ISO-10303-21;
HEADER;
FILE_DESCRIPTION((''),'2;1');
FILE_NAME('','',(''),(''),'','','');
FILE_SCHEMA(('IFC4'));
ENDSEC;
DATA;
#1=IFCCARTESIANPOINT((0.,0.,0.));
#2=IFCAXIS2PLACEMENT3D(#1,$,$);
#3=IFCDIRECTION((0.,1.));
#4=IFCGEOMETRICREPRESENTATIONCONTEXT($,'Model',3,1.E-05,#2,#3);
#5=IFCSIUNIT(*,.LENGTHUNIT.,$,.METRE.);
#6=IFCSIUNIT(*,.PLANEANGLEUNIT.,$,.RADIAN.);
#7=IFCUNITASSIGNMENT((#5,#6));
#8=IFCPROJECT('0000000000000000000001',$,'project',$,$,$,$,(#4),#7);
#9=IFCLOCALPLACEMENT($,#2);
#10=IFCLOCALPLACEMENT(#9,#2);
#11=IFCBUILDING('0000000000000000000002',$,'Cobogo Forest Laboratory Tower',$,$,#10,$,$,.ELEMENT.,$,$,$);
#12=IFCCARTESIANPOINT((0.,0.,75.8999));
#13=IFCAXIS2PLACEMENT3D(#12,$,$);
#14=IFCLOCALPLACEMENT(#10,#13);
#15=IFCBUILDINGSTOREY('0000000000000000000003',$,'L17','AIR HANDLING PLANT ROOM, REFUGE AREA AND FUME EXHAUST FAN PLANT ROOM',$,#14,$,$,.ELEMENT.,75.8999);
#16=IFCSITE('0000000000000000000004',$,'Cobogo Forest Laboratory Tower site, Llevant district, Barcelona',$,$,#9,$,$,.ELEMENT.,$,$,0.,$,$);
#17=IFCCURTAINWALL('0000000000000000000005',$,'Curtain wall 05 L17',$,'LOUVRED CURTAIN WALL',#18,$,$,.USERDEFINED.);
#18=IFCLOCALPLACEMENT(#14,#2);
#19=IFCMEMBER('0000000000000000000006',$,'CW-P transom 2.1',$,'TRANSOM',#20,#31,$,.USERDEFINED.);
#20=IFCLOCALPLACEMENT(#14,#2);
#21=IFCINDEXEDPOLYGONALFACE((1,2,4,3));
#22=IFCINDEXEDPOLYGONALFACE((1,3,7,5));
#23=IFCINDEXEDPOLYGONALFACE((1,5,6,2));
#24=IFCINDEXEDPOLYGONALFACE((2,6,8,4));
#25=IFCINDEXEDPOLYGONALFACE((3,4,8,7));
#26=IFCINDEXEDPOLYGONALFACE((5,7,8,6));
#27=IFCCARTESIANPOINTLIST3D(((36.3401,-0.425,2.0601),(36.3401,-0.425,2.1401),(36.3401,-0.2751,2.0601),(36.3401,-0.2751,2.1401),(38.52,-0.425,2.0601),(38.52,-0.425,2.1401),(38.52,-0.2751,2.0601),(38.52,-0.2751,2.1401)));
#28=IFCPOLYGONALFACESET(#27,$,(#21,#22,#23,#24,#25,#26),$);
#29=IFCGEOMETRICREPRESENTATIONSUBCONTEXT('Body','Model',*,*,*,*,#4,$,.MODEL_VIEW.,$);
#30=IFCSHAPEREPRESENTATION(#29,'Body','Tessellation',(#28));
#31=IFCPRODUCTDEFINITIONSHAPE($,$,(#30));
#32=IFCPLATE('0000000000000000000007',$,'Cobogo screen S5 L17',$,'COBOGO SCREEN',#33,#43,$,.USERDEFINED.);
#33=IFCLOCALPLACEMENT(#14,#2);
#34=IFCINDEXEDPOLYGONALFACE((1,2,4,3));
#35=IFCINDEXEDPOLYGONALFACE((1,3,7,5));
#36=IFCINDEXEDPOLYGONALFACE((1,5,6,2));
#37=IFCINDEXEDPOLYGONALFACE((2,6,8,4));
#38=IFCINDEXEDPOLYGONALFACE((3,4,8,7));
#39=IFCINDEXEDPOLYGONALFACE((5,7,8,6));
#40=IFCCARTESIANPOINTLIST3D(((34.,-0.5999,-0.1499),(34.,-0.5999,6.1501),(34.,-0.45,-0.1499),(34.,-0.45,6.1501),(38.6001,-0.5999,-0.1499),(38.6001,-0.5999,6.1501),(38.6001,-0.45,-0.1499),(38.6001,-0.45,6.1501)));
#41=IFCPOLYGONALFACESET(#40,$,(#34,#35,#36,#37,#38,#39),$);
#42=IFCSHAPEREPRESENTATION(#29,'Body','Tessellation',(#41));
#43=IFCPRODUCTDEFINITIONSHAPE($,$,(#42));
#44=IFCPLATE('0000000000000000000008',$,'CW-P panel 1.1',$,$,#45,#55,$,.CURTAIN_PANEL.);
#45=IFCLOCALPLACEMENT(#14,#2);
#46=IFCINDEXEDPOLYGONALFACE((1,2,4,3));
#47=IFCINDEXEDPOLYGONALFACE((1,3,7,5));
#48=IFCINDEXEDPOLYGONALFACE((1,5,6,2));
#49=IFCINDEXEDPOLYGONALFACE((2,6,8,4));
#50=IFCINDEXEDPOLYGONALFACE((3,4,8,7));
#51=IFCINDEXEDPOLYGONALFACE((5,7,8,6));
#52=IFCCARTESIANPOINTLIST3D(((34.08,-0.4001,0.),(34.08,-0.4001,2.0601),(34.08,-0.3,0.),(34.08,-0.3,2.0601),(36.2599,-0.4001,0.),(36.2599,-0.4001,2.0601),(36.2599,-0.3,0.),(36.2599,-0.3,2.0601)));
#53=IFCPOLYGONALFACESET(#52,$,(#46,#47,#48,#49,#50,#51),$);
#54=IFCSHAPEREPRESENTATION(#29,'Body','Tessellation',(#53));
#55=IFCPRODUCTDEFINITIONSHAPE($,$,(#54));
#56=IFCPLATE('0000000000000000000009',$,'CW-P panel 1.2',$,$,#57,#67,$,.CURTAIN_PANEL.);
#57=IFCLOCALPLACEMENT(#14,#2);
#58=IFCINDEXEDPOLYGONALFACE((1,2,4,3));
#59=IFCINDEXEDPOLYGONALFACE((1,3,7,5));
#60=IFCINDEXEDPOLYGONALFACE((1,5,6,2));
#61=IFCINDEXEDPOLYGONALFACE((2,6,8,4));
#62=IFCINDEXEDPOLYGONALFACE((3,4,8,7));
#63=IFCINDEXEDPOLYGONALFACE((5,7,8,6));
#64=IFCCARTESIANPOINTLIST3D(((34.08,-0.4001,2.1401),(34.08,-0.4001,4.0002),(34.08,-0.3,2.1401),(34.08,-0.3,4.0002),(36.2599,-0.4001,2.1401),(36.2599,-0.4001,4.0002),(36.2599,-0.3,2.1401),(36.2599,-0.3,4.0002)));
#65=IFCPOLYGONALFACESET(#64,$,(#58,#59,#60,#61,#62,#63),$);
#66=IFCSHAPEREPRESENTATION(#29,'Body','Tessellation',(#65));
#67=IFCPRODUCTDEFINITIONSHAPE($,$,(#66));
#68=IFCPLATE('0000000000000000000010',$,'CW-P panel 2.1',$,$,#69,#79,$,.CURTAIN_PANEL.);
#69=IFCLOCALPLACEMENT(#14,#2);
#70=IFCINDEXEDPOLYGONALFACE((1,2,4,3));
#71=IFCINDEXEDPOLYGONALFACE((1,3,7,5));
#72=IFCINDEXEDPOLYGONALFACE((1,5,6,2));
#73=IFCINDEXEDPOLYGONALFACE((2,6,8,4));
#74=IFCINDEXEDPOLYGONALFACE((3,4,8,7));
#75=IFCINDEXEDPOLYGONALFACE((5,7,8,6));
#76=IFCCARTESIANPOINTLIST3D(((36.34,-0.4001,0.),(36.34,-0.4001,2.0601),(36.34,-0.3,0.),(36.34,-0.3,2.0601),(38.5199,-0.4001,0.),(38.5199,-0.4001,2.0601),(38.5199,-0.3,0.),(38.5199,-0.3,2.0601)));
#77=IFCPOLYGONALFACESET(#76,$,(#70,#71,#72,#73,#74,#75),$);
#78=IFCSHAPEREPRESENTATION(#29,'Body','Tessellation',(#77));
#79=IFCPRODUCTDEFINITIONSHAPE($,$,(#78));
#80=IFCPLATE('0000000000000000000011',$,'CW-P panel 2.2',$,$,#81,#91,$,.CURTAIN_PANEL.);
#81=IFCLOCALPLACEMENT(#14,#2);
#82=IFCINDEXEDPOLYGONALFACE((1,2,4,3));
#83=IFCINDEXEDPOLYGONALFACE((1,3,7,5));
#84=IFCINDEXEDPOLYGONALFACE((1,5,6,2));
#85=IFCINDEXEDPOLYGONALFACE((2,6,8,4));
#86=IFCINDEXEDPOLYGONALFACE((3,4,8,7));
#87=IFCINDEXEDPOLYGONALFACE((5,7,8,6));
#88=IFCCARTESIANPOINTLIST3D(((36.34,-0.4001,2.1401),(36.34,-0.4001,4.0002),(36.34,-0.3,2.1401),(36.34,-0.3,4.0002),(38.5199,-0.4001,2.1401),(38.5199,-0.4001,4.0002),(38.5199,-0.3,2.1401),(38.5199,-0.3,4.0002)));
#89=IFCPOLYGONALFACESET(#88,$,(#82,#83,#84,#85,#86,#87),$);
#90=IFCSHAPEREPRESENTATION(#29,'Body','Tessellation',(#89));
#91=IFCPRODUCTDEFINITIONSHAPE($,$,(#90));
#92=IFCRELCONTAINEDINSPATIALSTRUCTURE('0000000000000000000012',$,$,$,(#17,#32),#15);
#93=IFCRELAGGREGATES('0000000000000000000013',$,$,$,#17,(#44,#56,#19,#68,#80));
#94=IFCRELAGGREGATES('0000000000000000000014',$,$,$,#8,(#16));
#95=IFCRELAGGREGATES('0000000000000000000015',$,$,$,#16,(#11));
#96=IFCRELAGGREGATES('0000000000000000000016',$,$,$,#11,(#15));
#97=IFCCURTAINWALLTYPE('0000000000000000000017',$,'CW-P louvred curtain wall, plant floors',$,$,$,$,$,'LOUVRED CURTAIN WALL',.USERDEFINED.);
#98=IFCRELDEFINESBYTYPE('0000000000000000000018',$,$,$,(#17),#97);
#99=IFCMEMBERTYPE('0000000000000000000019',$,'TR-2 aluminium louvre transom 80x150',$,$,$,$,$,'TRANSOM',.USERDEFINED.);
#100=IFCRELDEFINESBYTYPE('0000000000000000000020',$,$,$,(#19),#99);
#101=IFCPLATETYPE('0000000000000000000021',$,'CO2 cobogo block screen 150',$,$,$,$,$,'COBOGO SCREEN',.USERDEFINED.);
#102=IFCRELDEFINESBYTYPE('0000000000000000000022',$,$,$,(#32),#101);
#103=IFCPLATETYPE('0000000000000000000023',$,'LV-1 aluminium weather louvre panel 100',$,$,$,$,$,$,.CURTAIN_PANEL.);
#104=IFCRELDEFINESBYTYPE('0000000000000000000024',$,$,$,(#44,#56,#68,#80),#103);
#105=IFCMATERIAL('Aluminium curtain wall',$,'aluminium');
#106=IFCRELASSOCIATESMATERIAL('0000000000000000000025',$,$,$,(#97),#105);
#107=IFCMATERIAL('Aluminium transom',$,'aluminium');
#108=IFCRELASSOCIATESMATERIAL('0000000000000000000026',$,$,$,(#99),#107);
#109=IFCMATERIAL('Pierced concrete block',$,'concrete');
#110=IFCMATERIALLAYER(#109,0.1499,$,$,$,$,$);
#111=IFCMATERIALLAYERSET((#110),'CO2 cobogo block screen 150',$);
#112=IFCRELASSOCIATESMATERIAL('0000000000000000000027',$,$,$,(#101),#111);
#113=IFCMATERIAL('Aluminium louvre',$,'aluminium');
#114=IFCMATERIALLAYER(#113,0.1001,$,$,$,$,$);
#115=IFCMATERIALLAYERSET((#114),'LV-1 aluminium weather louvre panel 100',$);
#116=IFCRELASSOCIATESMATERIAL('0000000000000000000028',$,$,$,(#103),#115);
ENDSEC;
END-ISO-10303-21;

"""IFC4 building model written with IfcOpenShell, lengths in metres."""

from ifc_helpers import new_model, si_unit, direction, frame, origin, origin_2d, place, context, subcontext, project, spatial, rectangle, extrude, material, layer, layer_set, material_profile, profile_set, type_object, element, aggregate, save


model = new_model("IFC4")

# Units and contexts
model_context = context("Model", 3, precision=1e-05, world=origin(), true_north=direction((0.0, 1.0)))
body_context = subcontext(model_context, "Body", "Model", "MODEL_VIEW")
ifc_project = project(units=[si_unit("LENGTHUNIT", "METRE"), si_unit("PLANEANGLEUNIT", "RADIAN")], contexts=[model_context])

# Site, building, storey
site_placement = place(None, origin())
site = spatial("IfcSite", under=ifc_project, at=site_placement, Name="Cobogo Forest Laboratory Tower site, Llevant district, Barcelona", CompositionType="ELEMENT", RefElevation=0.0)
building_placement = place(site_placement, origin())
building = spatial("IfcBuilding", under=site, at=building_placement, Name="Cobogo Forest Laboratory Tower", CompositionType="ELEMENT")
storey_placement = place(building_placement, frame((0.0, 0.0, 75.8999)))
storey = spatial("IfcBuildingStorey", under=building, at=storey_placement, Name="L17", Description="AIR HANDLING PLANT ROOM, REFUGE AREA AND FUME EXHAUST FAN PLANT ROOM", CompositionType="ELEMENT", Elevation=75.8999)

# Curtain wall
ifc_material_1 = material(Name="Aluminium curtain wall", Category="aluminium")
curtain_wall_type = type_object("IfcCurtainWallType", Name="CW-P louvred curtain wall, plant floors", ElementType="LOUVRED CURTAIN WALL", PredefinedType="USERDEFINED", material=ifc_material_1)
curtain_wall_placement = place(storey_placement, origin())
curtain_wall = element("IfcCurtainWall", 1, at=curtain_wall_placement, inside=storey, type_object=curtain_wall_type, Name="Curtain wall 05 L17", ObjectType="LOUVRED CURTAIN WALL", PredefinedType="USERDEFINED")

# Member
ifc_material_2 = material(Name="Aluminium transom", Category="aluminium")
ifc_material_profile_1 = material_profile(ifc_material_2, rectangle(XDim=0.1499, YDim=0.0801, at=origin_2d()), Name="AL 80x150")
ifc_profile_set_1 = profile_set([ifc_material_profile_1], Name="Aluminium transom")
member_type_1 = type_object("IfcMemberType", Name="TR-2 aluminium louvre transom 80x150", ElementType="TRANSOM", PredefinedType="USERDEFINED", material=ifc_profile_set_1)
member_1_placement = place(storey_placement, frame((36.3401, -0.3501, 2.1001), z_axis=(1.0, 0.0, 0.0), x_axis=(0.0, 1.0, 0.0)))
member_1 = element("IfcMember", 2, at=member_1_placement, type_object=member_type_1, Name="CW-P transom 2.1", ObjectType="TRANSOM", PredefinedType="USERDEFINED", context=body_context, shape_type="SweptSolid", body=[
    extrude(rectangle(XDim=0.1499, YDim=0.0801, at=origin_2d()), origin(), (0.0, 0.0, 1.0), 2.1799),
])

# Plates
ifc_material_3 = material(Name="Pierced concrete block", Category="concrete")
ifc_layer_1 = layer(ifc_material_3, 0.1499)
ifc_layer_set_1 = layer_set([ifc_layer_1], Name="CO2 cobogo block screen 150")
plate_type_1 = type_object("IfcPlateType", Name="CO2 cobogo block screen 150", ElementType="COBOGO SCREEN", PredefinedType="USERDEFINED", material=ifc_layer_set_1)
plate_1_placement = place(storey_placement, frame((36.3, -0.5249, -0.1499), z_axis=(0.0, 0.0, 1.0), x_axis=(1.0, 0.0, 0.0)))
element("IfcPlate", 3, at=plate_1_placement, inside=storey, type_object=plate_type_1, Name="Cobogo screen S5 L17", ObjectType="COBOGO SCREEN", PredefinedType="USERDEFINED", context=body_context, shape_type="SweptSolid", body=[
    extrude(rectangle(XDim=4.6001, YDim=0.1499, at=origin_2d()), origin(), (0.0, 0.0, 1.0), 6.3),
])
ifc_material_4 = material(Name="Aluminium louvre", Category="aluminium")
ifc_layer_2 = layer(ifc_material_4, 0.1001)
ifc_layer_set_2 = layer_set([ifc_layer_2], Name="LV-1 aluminium weather louvre panel 100")
plate_type_2 = type_object("IfcPlateType", Name="LV-1 aluminium weather louvre panel 100", PredefinedType="CURTAIN_PANEL", material=ifc_layer_set_2)
plate_2_placement = place(storey_placement, frame((35.1699, -0.3501, 0.0), z_axis=(0.0, 0.0, 1.0), x_axis=(1.0, 0.0, 0.0)))
plate_2 = element("IfcPlate", 4, at=plate_2_placement, type_object=plate_type_2, Name="CW-P panel 1.1", PredefinedType="CURTAIN_PANEL", context=body_context, shape_type="SweptSolid", body=[
    extrude(rectangle(XDim=2.1799, YDim=0.1001, at=origin_2d()), origin(), (0.0, 0.0, 1.0), 2.0601),
])
plate_3_placement = place(storey_placement, frame((35.1699, -0.3501, 2.1401), z_axis=(0.0, 0.0, 1.0), x_axis=(1.0, 0.0, 0.0)))
plate_3 = element("IfcPlate", 5, at=plate_3_placement, type_object=plate_type_2, Name="CW-P panel 1.2", PredefinedType="CURTAIN_PANEL", context=body_context, shape_type="SweptSolid", body=[
    extrude(rectangle(XDim=2.1799, YDim=0.1001, at=origin_2d()), origin(), (0.0, 0.0, 1.0), 1.8601),
])
plate_4_placement = place(storey_placement, frame((37.4299, -0.3501, 0.0), z_axis=(0.0, 0.0, 1.0), x_axis=(1.0, 0.0, 0.0)))
plate_4 = element("IfcPlate", 6, at=plate_4_placement, type_object=plate_type_2, Name="CW-P panel 2.1", PredefinedType="CURTAIN_PANEL", context=body_context, shape_type="SweptSolid", body=[
    extrude(rectangle(XDim=2.1799, YDim=0.1001, at=origin_2d()), origin(), (0.0, 0.0, 1.0), 2.0601),
])
plate_5_placement = place(storey_placement, frame((37.4299, -0.3501, 2.1401), z_axis=(0.0, 0.0, 1.0), x_axis=(1.0, 0.0, 0.0)))
plate_5 = element("IfcPlate", 7, at=plate_5_placement, type_object=plate_type_2, Name="CW-P panel 2.2", PredefinedType="CURTAIN_PANEL", context=body_context, shape_type="SweptSolid", body=[
    extrude(rectangle(XDim=2.1799, YDim=0.1001, at=origin_2d()), origin(), (0.0, 0.0, 1.0), 1.8601),
])
aggregate(curtain_wall, [plate_2, plate_3, member_1, plate_4, plate_5])

save(model, "model.ifc")
